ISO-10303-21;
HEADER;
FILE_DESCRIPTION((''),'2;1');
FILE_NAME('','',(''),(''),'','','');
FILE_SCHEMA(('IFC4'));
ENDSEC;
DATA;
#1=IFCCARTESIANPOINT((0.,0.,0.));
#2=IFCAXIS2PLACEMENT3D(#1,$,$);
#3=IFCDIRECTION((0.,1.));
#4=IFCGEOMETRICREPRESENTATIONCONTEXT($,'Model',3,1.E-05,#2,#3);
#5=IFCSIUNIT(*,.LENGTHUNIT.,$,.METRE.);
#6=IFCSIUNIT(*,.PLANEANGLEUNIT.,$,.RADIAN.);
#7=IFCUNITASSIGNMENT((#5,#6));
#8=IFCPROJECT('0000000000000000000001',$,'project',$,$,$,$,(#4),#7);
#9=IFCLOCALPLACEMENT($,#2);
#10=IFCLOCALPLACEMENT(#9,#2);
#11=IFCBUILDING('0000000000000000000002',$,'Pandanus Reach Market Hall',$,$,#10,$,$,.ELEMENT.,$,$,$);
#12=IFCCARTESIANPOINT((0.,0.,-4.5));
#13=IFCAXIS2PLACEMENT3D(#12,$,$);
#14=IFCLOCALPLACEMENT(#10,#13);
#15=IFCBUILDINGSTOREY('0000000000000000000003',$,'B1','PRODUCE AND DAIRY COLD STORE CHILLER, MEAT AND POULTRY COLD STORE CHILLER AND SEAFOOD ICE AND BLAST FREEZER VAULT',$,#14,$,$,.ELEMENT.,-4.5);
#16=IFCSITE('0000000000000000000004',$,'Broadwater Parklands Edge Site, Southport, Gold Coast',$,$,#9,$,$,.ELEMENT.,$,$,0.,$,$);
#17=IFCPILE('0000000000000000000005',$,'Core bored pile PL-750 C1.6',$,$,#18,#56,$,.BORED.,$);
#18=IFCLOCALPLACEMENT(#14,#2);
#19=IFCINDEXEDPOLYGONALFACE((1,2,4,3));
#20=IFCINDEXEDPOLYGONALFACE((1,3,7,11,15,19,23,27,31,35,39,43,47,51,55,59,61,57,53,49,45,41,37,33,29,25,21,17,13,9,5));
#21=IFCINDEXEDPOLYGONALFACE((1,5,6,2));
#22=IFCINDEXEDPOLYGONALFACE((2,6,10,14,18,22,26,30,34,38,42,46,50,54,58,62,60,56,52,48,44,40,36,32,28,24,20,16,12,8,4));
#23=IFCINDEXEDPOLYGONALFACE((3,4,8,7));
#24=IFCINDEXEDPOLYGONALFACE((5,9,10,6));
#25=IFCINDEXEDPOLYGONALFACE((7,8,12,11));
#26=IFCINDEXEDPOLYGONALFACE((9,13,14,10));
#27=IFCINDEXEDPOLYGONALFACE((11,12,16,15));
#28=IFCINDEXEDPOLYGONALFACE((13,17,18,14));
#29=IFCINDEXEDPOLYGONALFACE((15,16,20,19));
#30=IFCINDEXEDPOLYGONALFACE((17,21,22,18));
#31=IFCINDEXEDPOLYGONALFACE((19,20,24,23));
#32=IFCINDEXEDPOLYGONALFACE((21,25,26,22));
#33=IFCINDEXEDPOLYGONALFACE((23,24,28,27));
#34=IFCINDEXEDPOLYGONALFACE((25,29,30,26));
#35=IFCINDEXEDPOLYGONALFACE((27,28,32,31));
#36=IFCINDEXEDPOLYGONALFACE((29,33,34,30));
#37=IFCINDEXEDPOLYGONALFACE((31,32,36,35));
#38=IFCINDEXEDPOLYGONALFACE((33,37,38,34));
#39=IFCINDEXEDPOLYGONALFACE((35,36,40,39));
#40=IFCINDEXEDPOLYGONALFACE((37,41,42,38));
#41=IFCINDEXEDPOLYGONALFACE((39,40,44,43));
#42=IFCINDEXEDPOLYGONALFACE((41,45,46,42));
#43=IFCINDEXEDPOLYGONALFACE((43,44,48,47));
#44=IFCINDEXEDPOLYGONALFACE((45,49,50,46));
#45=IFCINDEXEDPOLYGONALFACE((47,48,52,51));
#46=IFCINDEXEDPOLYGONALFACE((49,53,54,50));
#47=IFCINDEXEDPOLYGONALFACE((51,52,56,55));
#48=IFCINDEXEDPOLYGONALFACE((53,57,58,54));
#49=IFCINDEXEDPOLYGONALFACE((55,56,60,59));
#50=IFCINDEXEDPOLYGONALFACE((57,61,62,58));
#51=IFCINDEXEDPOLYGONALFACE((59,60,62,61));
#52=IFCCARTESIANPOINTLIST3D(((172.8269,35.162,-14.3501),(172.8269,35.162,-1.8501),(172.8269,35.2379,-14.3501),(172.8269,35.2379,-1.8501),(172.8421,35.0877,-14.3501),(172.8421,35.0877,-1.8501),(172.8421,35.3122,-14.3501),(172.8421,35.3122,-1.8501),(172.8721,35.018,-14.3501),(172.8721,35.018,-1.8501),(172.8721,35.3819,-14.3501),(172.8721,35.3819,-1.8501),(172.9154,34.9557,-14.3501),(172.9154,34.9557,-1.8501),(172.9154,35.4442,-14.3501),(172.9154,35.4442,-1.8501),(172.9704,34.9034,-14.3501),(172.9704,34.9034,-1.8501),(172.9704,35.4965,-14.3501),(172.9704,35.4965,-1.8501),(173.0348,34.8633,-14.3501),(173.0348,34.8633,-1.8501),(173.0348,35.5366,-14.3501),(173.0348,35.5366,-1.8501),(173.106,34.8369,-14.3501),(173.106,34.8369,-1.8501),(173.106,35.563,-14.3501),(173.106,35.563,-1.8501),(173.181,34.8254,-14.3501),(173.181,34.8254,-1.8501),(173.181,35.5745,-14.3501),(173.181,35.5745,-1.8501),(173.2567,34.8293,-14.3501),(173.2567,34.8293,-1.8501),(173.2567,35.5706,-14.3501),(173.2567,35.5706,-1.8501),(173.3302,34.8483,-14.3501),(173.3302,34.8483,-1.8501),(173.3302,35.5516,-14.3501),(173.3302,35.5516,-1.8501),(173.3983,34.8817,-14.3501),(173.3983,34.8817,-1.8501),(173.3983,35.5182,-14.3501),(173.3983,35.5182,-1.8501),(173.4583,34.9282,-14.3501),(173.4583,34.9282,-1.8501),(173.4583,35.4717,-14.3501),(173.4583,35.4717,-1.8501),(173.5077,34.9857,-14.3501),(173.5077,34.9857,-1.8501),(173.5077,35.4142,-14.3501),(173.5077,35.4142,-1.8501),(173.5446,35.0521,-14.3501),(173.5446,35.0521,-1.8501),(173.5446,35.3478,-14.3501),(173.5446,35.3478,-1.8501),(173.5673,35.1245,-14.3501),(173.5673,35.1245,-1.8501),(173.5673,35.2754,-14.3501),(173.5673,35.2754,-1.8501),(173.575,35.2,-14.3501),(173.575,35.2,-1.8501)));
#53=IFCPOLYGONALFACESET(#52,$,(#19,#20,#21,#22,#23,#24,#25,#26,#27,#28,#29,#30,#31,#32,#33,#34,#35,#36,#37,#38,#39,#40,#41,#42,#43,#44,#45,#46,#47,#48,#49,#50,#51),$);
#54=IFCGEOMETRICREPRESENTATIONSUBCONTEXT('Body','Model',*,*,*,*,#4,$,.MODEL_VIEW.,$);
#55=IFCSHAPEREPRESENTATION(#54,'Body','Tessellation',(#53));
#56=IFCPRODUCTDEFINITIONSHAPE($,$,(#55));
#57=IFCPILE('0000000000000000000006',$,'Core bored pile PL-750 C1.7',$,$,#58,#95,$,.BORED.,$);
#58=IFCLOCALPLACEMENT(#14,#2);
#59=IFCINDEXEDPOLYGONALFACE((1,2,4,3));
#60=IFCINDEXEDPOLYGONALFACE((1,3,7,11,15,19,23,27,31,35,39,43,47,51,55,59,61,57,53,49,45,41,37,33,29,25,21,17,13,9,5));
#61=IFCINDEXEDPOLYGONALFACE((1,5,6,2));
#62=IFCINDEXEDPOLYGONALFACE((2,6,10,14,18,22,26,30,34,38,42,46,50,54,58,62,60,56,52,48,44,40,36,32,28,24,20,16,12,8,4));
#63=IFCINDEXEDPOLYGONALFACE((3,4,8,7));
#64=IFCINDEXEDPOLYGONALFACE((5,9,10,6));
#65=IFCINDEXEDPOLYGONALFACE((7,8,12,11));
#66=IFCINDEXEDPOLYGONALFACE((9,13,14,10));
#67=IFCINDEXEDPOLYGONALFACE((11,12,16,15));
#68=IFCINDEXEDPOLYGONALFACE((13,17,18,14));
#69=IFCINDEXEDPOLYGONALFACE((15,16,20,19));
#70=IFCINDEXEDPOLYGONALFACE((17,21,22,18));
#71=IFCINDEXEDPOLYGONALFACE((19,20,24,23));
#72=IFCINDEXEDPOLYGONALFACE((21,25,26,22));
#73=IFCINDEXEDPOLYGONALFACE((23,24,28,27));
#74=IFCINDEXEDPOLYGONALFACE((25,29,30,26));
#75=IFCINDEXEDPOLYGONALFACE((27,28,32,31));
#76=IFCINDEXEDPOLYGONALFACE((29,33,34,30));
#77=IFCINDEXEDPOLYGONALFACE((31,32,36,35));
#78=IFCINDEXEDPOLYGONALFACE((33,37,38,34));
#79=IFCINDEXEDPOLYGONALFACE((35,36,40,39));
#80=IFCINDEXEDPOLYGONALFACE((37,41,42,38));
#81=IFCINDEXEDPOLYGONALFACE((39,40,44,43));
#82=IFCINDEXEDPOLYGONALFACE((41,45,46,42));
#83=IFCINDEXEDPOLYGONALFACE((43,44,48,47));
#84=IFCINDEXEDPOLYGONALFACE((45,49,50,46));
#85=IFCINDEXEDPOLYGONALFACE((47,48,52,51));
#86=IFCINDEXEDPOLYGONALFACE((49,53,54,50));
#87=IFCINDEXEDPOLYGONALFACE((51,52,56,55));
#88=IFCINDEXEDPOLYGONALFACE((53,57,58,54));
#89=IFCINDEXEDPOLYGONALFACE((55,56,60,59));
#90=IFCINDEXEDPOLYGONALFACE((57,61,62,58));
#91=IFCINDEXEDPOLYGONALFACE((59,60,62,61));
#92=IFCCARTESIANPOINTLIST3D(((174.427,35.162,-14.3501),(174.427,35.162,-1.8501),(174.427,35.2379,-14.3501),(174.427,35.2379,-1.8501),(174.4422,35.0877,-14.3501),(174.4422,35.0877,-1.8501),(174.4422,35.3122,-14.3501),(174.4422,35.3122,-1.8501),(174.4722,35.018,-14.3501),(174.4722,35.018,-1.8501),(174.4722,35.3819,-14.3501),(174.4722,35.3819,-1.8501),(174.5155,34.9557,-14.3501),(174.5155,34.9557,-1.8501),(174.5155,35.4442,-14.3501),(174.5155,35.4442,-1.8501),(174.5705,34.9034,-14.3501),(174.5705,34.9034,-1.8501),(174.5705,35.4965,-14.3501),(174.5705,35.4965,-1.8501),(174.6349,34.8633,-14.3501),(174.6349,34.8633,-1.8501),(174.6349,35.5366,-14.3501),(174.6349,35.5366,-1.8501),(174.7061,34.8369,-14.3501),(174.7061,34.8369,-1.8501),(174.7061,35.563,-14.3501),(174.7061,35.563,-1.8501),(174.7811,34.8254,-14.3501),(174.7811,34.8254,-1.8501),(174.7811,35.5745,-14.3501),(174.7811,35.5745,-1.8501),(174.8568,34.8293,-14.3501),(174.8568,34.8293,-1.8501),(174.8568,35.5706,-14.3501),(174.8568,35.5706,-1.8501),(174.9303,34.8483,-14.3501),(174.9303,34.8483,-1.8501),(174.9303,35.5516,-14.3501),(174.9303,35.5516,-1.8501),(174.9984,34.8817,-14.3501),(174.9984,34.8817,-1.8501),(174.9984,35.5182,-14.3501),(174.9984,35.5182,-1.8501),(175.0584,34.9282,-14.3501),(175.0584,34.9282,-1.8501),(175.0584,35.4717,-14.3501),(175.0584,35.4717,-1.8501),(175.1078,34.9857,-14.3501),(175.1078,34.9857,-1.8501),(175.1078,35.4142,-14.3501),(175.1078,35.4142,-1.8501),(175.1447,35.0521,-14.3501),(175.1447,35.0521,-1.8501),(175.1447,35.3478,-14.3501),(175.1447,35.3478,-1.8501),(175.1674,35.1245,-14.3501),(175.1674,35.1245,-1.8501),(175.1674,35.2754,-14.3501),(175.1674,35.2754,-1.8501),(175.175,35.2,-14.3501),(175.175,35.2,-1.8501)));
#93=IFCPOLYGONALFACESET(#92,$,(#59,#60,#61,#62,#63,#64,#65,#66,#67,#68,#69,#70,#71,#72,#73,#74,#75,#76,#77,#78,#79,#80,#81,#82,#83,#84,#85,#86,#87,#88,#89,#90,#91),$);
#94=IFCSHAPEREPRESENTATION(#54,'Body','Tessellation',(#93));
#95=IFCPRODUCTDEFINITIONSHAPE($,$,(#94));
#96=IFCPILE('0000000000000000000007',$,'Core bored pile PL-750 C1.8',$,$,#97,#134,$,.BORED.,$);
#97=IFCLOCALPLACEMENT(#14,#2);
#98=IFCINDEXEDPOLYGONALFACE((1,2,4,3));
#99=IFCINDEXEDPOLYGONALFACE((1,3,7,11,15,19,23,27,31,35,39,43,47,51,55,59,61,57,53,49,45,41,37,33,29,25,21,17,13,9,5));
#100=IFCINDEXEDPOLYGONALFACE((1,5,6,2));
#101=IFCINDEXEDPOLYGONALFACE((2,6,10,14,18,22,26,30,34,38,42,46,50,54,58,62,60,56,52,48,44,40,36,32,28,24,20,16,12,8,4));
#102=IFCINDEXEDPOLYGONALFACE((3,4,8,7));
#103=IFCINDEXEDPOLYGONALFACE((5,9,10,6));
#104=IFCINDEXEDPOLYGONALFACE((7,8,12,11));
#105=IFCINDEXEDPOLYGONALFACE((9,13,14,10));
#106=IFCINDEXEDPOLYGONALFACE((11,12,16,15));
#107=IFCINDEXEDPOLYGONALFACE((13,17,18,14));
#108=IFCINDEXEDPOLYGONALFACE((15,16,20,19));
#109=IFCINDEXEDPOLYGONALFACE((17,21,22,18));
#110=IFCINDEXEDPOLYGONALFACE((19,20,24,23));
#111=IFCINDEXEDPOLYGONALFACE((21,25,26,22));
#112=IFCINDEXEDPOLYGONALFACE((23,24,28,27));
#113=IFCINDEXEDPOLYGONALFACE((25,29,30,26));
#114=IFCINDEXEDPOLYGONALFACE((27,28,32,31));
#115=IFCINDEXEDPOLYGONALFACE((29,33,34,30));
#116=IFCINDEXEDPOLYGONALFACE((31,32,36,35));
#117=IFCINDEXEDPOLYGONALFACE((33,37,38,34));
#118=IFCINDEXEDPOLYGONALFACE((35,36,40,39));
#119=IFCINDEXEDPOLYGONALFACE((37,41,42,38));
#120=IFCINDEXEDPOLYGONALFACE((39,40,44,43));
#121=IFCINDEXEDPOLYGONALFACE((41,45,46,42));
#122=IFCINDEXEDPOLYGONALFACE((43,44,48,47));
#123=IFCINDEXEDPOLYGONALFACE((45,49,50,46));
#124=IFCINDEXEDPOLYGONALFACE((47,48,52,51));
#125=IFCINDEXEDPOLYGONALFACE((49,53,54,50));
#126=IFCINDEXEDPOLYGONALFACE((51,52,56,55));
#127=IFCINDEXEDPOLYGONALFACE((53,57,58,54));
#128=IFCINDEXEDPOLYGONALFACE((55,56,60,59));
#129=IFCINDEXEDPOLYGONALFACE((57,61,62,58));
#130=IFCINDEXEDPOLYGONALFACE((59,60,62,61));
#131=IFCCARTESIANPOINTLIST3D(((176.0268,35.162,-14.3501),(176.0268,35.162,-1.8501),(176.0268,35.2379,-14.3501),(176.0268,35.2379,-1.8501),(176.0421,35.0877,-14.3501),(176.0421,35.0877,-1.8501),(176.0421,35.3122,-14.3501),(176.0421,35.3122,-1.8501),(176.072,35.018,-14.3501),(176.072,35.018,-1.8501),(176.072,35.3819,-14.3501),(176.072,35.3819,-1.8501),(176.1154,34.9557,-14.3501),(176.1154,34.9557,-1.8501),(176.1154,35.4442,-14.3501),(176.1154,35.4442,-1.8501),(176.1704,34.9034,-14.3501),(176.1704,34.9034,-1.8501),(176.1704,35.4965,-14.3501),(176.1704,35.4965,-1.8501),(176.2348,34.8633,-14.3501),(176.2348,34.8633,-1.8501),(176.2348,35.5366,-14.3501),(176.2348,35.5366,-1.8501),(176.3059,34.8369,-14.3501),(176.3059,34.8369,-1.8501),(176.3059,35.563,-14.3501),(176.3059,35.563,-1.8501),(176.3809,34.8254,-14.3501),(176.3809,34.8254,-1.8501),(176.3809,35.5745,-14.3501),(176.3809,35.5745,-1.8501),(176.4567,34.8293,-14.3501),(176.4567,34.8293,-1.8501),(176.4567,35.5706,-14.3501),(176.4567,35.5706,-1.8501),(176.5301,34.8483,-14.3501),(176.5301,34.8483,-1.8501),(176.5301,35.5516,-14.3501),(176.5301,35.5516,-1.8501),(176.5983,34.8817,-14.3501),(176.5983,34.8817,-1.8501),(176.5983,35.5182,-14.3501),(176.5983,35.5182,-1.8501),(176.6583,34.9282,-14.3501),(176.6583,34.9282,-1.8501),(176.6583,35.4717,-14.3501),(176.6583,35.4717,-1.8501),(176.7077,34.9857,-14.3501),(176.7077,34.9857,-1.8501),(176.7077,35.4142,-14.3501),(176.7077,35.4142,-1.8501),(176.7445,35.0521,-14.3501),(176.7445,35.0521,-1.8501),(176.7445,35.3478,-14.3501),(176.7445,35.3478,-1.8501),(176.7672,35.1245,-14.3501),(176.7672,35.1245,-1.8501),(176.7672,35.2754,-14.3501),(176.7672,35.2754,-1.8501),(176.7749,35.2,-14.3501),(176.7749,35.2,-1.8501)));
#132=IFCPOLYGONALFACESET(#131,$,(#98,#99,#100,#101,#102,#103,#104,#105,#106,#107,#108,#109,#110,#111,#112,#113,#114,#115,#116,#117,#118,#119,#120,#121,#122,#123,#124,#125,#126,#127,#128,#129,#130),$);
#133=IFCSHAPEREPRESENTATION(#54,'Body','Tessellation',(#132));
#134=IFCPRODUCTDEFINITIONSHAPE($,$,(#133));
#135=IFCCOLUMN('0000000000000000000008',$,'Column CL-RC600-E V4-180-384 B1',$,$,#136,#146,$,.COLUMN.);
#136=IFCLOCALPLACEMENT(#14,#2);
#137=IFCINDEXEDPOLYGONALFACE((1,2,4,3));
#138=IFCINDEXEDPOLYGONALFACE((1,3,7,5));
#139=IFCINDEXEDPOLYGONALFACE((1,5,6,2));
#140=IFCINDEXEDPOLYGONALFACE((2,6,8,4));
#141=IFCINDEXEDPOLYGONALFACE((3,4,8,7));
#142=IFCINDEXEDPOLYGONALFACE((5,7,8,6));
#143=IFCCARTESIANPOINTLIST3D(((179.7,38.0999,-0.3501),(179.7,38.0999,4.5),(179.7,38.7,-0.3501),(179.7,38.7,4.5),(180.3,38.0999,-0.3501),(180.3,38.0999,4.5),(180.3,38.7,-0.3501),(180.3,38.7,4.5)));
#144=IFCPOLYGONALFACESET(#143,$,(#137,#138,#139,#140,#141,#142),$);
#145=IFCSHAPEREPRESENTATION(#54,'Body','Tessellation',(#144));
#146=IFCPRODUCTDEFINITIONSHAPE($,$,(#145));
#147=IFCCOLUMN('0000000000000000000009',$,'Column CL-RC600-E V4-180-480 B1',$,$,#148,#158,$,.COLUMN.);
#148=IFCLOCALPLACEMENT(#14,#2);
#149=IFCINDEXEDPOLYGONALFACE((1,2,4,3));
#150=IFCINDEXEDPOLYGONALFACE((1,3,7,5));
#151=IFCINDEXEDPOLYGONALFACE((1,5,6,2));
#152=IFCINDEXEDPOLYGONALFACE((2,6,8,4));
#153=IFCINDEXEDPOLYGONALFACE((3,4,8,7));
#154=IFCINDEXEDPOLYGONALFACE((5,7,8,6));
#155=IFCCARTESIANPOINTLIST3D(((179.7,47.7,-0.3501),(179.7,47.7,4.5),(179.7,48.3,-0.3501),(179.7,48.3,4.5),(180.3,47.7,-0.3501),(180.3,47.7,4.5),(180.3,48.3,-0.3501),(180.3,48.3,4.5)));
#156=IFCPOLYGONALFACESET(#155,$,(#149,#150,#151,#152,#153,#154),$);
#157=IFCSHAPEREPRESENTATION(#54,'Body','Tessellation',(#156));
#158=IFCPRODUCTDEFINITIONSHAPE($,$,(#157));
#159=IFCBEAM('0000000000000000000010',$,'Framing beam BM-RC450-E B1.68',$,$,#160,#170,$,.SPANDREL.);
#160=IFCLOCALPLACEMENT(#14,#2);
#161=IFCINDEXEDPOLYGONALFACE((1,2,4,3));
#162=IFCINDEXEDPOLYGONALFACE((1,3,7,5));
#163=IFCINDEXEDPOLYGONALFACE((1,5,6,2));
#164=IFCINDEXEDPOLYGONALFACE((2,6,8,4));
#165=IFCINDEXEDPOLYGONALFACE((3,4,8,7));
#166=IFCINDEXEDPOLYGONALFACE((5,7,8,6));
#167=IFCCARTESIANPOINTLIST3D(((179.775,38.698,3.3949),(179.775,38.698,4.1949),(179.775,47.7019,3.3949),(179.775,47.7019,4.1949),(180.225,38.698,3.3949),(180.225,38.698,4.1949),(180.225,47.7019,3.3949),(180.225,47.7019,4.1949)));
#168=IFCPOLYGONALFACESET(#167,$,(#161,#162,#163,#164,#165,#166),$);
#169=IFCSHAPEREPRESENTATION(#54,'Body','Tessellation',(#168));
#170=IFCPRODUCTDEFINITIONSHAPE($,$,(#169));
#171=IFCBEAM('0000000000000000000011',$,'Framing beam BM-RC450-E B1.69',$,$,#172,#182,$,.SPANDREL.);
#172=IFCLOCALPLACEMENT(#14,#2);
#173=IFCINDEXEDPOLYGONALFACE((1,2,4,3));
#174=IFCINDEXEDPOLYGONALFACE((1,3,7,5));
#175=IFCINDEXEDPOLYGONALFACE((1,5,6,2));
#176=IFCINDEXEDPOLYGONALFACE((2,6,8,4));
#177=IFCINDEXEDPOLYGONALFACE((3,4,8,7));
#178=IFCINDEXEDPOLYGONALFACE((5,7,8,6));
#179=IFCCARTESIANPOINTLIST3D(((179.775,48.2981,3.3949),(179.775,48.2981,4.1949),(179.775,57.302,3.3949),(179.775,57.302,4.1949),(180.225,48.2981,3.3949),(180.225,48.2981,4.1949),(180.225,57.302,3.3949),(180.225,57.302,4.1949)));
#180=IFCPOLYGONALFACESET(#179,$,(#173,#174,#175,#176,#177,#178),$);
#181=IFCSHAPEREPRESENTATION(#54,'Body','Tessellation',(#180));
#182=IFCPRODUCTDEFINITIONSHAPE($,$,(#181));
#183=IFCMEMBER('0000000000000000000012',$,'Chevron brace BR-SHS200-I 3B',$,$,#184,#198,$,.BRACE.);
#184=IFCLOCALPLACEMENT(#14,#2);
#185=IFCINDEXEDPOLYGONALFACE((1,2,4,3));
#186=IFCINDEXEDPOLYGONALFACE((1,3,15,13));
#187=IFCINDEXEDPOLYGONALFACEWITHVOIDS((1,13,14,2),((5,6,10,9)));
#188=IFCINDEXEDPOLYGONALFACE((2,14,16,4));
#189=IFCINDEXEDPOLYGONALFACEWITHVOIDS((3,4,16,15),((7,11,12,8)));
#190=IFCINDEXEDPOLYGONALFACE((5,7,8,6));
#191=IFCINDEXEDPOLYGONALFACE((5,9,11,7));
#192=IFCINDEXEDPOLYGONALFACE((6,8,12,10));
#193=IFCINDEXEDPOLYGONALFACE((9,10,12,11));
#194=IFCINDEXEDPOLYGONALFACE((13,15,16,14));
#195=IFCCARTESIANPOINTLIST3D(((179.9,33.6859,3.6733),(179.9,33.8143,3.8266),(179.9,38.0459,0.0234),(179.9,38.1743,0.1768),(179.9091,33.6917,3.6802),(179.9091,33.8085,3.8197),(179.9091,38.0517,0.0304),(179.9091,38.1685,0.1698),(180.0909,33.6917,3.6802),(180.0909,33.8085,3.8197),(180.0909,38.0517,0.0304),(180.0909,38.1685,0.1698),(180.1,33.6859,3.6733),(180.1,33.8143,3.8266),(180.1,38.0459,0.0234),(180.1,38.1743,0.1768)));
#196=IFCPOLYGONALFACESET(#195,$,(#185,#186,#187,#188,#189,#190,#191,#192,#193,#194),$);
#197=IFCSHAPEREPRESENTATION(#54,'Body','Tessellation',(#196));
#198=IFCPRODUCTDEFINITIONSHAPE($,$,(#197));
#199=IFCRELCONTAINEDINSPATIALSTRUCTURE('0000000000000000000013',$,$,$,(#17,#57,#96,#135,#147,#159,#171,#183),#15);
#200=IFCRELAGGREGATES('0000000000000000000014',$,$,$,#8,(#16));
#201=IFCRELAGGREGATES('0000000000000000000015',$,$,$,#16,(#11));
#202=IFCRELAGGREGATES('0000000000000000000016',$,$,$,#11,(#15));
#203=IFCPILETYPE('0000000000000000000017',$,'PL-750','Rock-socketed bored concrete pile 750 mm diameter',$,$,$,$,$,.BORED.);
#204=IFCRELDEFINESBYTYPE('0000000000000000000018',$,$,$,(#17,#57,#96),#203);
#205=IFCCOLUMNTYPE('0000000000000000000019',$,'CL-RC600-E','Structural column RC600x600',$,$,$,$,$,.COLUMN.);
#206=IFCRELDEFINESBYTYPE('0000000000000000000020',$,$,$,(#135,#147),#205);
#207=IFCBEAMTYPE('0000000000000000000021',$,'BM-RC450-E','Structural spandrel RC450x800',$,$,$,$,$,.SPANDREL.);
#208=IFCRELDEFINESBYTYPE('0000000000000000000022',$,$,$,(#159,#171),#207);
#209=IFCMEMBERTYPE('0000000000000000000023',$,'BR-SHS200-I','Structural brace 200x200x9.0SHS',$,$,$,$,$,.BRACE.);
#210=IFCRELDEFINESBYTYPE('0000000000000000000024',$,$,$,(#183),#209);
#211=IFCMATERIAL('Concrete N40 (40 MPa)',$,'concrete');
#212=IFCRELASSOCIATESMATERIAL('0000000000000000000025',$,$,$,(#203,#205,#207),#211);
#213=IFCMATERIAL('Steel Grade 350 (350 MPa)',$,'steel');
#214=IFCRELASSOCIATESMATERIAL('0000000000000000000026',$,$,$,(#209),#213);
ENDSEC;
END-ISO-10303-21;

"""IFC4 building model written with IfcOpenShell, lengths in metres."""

from ifc_helpers import new_model, si_unit, direction, frame, origin, origin_2d, place, context, subcontext, project, spatial, rectangle, hollow_rectangle, circle, extrude, material, material_profile, profile_set, type_object, element, save


model = new_model("IFC4")

# Units and contexts
model_context = context("Model", 3, precision=1e-05, world=origin(), true_north=direction((0.0, 1.0)))
body_context = subcontext(model_context, "Body", "Model", "MODEL_VIEW")
ifc_project = project(units=[si_unit("LENGTHUNIT", "METRE"), si_unit("PLANEANGLEUNIT", "RADIAN")], contexts=[model_context])

# Site, building, storey
site_placement = place(None, origin())
site = spatial("IfcSite", under=ifc_project, at=site_placement, Name="Broadwater Parklands Edge Site, Southport, Gold Coast", CompositionType="ELEMENT", RefElevation=0.0)
building_placement = place(site_placement, origin())
building = spatial("IfcBuilding", under=site, at=building_placement, Name="Pandanus Reach Market Hall", CompositionType="ELEMENT")
storey_placement = place(building_placement, frame((0.0, 0.0, -4.5)))
storey = spatial("IfcBuildingStorey", under=building, at=storey_placement, Name="B1", Description="PRODUCE AND DAIRY COLD STORE CHILLER, MEAT AND POULTRY COLD STORE CHILLER AND SEAFOOD ICE AND BLAST FREEZER VAULT", CompositionType="ELEMENT", Elevation=-4.5)

# Shared definitions
ifc_material_1 = material(Name="Concrete N40 (40 MPa)", Category="concrete")

# Piles
ifc_material_profile_1 = material_profile(ifc_material_1, circle(Radius=0.375, at=origin_2d()), Name="PILE-750D", Category="LoadBearing")
ifc_profile_set_1 = profile_set([ifc_material_profile_1], Name="Concrete N40 (40 MPa)")
pile_type_1 = type_object("IfcPileType", Name="PL-750", Description="Rock-socketed bored concrete pile 750 mm diameter", PredefinedType="BORED", material=ifc_profile_set_1)
for number, where, z_axis, x_axis, name in (
    (1, (173.2, 35.2, -1.8501), (0.0, 0.0, -1.0), (1.0, 0.0, 0.0), "Core bored pile PL-750 C1.6"),
    (2, (174.8, 35.2, -1.8501), (0.0, 0.0, -1.0), (1.0, 0.0, 0.0), "Core bored pile PL-750 C1.7"),
    (3, (176.3999, 35.2, -1.8501), (0.0, 0.0, -1.0), (1.0, 0.0, 0.0), "Core bored pile PL-750 C1.8"),
):
    element("IfcPile", number, at=place(storey_placement, frame(where, z_axis=z_axis, x_axis=x_axis)), inside=storey, type_object=pile_type_1, Name=name, PredefinedType="BORED", context=body_context, shape_type="SweptSolid", body=[
        extrude(circle(Radius=0.375, at=origin_2d()), origin(), (0.0, 0.0, 1.0), 12.5),
    ])

# Columns
ifc_material_profile_2 = material_profile(ifc_material_1, rectangle(XDim=0.6001, YDim=0.6001, at=origin_2d()), Name="RC600x600", Category="LoadBearing")
ifc_profile_set_2 = profile_set([ifc_material_profile_2], Name="Concrete N40 (40 MPa)")
column_type = type_object("IfcColumnType", Name="CL-RC600-E", Description="Structural column RC600x600", PredefinedType="COLUMN", material=ifc_profile_set_2)
for number, where, z_axis, x_axis, name in (
    (4, (180.0, 38.3999, -0.3501), (0.0, 0.0, 1.0), (1.0, 0.0, 0.0), "Column CL-RC600-E V4-180-384 B1"),
    (5, (180.0, 48.0, -0.3501), (0.0, 0.0, 1.0), (1.0, 0.0, 0.0), "Column CL-RC600-E V4-180-480 B1"),
):
    element("IfcColumn", number, at=place(storey_placement, frame(where, z_axis=z_axis, x_axis=x_axis)), inside=storey, type_object=column_type, Name=name, PredefinedType="COLUMN", context=body_context, shape_type="SweptSolid", body=[
        extrude(rectangle(XDim=0.6001, YDim=0.6001, at=origin_2d()), origin(), (0.0, 0.0, 1.0), 4.8501),
    ])

# Beams
ifc_material_profile_3 = material_profile(ifc_material_1, rectangle(XDim=0.45, YDim=0.8, at=origin_2d()), Name="RC450x800", Category="LoadBearing")
ifc_profile_set_3 = profile_set([ifc_material_profile_3], Name="Concrete N40 (40 MPa)")
beam_type_1 = type_object("IfcBeamType", Name="BM-RC450-E", Description="Structural spandrel RC450x800", PredefinedType="SPANDREL", material=ifc_profile_set_3)
for number, where, z_axis, x_axis, name in (
    (6, (180.0, 38.698, 3.7949), (0.0, 1.0, 0.0), (-1.0, 0.0, 0.0), "Framing beam BM-RC450-E B1.68"),
    (7, (180.0, 48.2981, 3.7949), (0.0, 1.0, 0.0), (-1.0, 0.0, 0.0), "Framing beam BM-RC450-E B1.69"),
):
    element("IfcBeam", number, at=place(storey_placement, frame(where, z_axis=z_axis, x_axis=x_axis)), inside=storey, type_object=beam_type_1, Name=name, PredefinedType="SPANDREL", context=body_context, shape_type="SweptSolid", body=[
        extrude(rectangle(XDim=0.45, YDim=0.8, at=origin_2d()), origin(), (0.0, 0.0, 1.0), 9.0039),
    ])

# Member
ifc_material_2 = material(Name="Steel Grade 350 (350 MPa)", Category="steel")
ifc_material_profile_4 = material_profile(ifc_material_2, hollow_rectangle(XDim=0.2, YDim=0.2, WallThickness=0.009, at=origin_2d()), Name="200x200x9.0SHS", Category="LoadBearing")
ifc_profile_set_4 = profile_set([ifc_material_profile_4], Name="Steel Grade 350 (350 MPa)")
member_type = type_object("IfcMemberType", Name="BR-SHS200-I", Description="Structural brace 200x200x9.0SHS", PredefinedType="BRACE", material=ifc_profile_set_4)
member_placement = place(storey_placement, frame((180.0, 38.1101, 0.1001), z_axis=(0.0, -0.766794, 0.641893), x_axis=(1.0, 0.0, 0.0)))
element("IfcMember", 8, at=member_placement, inside=storey, type_object=member_type, Name="Chevron brace BR-SHS200-I 3B", PredefinedType="BRACE", context=body_context, shape_type="SweptSolid", body=[
    extrude(hollow_rectangle(XDim=0.2, YDim=0.2, WallThickness=0.009, at=origin_2d()), origin(), (0.0, 0.0, 1.0), 5.686),
])

save(model, "model.ifc")
